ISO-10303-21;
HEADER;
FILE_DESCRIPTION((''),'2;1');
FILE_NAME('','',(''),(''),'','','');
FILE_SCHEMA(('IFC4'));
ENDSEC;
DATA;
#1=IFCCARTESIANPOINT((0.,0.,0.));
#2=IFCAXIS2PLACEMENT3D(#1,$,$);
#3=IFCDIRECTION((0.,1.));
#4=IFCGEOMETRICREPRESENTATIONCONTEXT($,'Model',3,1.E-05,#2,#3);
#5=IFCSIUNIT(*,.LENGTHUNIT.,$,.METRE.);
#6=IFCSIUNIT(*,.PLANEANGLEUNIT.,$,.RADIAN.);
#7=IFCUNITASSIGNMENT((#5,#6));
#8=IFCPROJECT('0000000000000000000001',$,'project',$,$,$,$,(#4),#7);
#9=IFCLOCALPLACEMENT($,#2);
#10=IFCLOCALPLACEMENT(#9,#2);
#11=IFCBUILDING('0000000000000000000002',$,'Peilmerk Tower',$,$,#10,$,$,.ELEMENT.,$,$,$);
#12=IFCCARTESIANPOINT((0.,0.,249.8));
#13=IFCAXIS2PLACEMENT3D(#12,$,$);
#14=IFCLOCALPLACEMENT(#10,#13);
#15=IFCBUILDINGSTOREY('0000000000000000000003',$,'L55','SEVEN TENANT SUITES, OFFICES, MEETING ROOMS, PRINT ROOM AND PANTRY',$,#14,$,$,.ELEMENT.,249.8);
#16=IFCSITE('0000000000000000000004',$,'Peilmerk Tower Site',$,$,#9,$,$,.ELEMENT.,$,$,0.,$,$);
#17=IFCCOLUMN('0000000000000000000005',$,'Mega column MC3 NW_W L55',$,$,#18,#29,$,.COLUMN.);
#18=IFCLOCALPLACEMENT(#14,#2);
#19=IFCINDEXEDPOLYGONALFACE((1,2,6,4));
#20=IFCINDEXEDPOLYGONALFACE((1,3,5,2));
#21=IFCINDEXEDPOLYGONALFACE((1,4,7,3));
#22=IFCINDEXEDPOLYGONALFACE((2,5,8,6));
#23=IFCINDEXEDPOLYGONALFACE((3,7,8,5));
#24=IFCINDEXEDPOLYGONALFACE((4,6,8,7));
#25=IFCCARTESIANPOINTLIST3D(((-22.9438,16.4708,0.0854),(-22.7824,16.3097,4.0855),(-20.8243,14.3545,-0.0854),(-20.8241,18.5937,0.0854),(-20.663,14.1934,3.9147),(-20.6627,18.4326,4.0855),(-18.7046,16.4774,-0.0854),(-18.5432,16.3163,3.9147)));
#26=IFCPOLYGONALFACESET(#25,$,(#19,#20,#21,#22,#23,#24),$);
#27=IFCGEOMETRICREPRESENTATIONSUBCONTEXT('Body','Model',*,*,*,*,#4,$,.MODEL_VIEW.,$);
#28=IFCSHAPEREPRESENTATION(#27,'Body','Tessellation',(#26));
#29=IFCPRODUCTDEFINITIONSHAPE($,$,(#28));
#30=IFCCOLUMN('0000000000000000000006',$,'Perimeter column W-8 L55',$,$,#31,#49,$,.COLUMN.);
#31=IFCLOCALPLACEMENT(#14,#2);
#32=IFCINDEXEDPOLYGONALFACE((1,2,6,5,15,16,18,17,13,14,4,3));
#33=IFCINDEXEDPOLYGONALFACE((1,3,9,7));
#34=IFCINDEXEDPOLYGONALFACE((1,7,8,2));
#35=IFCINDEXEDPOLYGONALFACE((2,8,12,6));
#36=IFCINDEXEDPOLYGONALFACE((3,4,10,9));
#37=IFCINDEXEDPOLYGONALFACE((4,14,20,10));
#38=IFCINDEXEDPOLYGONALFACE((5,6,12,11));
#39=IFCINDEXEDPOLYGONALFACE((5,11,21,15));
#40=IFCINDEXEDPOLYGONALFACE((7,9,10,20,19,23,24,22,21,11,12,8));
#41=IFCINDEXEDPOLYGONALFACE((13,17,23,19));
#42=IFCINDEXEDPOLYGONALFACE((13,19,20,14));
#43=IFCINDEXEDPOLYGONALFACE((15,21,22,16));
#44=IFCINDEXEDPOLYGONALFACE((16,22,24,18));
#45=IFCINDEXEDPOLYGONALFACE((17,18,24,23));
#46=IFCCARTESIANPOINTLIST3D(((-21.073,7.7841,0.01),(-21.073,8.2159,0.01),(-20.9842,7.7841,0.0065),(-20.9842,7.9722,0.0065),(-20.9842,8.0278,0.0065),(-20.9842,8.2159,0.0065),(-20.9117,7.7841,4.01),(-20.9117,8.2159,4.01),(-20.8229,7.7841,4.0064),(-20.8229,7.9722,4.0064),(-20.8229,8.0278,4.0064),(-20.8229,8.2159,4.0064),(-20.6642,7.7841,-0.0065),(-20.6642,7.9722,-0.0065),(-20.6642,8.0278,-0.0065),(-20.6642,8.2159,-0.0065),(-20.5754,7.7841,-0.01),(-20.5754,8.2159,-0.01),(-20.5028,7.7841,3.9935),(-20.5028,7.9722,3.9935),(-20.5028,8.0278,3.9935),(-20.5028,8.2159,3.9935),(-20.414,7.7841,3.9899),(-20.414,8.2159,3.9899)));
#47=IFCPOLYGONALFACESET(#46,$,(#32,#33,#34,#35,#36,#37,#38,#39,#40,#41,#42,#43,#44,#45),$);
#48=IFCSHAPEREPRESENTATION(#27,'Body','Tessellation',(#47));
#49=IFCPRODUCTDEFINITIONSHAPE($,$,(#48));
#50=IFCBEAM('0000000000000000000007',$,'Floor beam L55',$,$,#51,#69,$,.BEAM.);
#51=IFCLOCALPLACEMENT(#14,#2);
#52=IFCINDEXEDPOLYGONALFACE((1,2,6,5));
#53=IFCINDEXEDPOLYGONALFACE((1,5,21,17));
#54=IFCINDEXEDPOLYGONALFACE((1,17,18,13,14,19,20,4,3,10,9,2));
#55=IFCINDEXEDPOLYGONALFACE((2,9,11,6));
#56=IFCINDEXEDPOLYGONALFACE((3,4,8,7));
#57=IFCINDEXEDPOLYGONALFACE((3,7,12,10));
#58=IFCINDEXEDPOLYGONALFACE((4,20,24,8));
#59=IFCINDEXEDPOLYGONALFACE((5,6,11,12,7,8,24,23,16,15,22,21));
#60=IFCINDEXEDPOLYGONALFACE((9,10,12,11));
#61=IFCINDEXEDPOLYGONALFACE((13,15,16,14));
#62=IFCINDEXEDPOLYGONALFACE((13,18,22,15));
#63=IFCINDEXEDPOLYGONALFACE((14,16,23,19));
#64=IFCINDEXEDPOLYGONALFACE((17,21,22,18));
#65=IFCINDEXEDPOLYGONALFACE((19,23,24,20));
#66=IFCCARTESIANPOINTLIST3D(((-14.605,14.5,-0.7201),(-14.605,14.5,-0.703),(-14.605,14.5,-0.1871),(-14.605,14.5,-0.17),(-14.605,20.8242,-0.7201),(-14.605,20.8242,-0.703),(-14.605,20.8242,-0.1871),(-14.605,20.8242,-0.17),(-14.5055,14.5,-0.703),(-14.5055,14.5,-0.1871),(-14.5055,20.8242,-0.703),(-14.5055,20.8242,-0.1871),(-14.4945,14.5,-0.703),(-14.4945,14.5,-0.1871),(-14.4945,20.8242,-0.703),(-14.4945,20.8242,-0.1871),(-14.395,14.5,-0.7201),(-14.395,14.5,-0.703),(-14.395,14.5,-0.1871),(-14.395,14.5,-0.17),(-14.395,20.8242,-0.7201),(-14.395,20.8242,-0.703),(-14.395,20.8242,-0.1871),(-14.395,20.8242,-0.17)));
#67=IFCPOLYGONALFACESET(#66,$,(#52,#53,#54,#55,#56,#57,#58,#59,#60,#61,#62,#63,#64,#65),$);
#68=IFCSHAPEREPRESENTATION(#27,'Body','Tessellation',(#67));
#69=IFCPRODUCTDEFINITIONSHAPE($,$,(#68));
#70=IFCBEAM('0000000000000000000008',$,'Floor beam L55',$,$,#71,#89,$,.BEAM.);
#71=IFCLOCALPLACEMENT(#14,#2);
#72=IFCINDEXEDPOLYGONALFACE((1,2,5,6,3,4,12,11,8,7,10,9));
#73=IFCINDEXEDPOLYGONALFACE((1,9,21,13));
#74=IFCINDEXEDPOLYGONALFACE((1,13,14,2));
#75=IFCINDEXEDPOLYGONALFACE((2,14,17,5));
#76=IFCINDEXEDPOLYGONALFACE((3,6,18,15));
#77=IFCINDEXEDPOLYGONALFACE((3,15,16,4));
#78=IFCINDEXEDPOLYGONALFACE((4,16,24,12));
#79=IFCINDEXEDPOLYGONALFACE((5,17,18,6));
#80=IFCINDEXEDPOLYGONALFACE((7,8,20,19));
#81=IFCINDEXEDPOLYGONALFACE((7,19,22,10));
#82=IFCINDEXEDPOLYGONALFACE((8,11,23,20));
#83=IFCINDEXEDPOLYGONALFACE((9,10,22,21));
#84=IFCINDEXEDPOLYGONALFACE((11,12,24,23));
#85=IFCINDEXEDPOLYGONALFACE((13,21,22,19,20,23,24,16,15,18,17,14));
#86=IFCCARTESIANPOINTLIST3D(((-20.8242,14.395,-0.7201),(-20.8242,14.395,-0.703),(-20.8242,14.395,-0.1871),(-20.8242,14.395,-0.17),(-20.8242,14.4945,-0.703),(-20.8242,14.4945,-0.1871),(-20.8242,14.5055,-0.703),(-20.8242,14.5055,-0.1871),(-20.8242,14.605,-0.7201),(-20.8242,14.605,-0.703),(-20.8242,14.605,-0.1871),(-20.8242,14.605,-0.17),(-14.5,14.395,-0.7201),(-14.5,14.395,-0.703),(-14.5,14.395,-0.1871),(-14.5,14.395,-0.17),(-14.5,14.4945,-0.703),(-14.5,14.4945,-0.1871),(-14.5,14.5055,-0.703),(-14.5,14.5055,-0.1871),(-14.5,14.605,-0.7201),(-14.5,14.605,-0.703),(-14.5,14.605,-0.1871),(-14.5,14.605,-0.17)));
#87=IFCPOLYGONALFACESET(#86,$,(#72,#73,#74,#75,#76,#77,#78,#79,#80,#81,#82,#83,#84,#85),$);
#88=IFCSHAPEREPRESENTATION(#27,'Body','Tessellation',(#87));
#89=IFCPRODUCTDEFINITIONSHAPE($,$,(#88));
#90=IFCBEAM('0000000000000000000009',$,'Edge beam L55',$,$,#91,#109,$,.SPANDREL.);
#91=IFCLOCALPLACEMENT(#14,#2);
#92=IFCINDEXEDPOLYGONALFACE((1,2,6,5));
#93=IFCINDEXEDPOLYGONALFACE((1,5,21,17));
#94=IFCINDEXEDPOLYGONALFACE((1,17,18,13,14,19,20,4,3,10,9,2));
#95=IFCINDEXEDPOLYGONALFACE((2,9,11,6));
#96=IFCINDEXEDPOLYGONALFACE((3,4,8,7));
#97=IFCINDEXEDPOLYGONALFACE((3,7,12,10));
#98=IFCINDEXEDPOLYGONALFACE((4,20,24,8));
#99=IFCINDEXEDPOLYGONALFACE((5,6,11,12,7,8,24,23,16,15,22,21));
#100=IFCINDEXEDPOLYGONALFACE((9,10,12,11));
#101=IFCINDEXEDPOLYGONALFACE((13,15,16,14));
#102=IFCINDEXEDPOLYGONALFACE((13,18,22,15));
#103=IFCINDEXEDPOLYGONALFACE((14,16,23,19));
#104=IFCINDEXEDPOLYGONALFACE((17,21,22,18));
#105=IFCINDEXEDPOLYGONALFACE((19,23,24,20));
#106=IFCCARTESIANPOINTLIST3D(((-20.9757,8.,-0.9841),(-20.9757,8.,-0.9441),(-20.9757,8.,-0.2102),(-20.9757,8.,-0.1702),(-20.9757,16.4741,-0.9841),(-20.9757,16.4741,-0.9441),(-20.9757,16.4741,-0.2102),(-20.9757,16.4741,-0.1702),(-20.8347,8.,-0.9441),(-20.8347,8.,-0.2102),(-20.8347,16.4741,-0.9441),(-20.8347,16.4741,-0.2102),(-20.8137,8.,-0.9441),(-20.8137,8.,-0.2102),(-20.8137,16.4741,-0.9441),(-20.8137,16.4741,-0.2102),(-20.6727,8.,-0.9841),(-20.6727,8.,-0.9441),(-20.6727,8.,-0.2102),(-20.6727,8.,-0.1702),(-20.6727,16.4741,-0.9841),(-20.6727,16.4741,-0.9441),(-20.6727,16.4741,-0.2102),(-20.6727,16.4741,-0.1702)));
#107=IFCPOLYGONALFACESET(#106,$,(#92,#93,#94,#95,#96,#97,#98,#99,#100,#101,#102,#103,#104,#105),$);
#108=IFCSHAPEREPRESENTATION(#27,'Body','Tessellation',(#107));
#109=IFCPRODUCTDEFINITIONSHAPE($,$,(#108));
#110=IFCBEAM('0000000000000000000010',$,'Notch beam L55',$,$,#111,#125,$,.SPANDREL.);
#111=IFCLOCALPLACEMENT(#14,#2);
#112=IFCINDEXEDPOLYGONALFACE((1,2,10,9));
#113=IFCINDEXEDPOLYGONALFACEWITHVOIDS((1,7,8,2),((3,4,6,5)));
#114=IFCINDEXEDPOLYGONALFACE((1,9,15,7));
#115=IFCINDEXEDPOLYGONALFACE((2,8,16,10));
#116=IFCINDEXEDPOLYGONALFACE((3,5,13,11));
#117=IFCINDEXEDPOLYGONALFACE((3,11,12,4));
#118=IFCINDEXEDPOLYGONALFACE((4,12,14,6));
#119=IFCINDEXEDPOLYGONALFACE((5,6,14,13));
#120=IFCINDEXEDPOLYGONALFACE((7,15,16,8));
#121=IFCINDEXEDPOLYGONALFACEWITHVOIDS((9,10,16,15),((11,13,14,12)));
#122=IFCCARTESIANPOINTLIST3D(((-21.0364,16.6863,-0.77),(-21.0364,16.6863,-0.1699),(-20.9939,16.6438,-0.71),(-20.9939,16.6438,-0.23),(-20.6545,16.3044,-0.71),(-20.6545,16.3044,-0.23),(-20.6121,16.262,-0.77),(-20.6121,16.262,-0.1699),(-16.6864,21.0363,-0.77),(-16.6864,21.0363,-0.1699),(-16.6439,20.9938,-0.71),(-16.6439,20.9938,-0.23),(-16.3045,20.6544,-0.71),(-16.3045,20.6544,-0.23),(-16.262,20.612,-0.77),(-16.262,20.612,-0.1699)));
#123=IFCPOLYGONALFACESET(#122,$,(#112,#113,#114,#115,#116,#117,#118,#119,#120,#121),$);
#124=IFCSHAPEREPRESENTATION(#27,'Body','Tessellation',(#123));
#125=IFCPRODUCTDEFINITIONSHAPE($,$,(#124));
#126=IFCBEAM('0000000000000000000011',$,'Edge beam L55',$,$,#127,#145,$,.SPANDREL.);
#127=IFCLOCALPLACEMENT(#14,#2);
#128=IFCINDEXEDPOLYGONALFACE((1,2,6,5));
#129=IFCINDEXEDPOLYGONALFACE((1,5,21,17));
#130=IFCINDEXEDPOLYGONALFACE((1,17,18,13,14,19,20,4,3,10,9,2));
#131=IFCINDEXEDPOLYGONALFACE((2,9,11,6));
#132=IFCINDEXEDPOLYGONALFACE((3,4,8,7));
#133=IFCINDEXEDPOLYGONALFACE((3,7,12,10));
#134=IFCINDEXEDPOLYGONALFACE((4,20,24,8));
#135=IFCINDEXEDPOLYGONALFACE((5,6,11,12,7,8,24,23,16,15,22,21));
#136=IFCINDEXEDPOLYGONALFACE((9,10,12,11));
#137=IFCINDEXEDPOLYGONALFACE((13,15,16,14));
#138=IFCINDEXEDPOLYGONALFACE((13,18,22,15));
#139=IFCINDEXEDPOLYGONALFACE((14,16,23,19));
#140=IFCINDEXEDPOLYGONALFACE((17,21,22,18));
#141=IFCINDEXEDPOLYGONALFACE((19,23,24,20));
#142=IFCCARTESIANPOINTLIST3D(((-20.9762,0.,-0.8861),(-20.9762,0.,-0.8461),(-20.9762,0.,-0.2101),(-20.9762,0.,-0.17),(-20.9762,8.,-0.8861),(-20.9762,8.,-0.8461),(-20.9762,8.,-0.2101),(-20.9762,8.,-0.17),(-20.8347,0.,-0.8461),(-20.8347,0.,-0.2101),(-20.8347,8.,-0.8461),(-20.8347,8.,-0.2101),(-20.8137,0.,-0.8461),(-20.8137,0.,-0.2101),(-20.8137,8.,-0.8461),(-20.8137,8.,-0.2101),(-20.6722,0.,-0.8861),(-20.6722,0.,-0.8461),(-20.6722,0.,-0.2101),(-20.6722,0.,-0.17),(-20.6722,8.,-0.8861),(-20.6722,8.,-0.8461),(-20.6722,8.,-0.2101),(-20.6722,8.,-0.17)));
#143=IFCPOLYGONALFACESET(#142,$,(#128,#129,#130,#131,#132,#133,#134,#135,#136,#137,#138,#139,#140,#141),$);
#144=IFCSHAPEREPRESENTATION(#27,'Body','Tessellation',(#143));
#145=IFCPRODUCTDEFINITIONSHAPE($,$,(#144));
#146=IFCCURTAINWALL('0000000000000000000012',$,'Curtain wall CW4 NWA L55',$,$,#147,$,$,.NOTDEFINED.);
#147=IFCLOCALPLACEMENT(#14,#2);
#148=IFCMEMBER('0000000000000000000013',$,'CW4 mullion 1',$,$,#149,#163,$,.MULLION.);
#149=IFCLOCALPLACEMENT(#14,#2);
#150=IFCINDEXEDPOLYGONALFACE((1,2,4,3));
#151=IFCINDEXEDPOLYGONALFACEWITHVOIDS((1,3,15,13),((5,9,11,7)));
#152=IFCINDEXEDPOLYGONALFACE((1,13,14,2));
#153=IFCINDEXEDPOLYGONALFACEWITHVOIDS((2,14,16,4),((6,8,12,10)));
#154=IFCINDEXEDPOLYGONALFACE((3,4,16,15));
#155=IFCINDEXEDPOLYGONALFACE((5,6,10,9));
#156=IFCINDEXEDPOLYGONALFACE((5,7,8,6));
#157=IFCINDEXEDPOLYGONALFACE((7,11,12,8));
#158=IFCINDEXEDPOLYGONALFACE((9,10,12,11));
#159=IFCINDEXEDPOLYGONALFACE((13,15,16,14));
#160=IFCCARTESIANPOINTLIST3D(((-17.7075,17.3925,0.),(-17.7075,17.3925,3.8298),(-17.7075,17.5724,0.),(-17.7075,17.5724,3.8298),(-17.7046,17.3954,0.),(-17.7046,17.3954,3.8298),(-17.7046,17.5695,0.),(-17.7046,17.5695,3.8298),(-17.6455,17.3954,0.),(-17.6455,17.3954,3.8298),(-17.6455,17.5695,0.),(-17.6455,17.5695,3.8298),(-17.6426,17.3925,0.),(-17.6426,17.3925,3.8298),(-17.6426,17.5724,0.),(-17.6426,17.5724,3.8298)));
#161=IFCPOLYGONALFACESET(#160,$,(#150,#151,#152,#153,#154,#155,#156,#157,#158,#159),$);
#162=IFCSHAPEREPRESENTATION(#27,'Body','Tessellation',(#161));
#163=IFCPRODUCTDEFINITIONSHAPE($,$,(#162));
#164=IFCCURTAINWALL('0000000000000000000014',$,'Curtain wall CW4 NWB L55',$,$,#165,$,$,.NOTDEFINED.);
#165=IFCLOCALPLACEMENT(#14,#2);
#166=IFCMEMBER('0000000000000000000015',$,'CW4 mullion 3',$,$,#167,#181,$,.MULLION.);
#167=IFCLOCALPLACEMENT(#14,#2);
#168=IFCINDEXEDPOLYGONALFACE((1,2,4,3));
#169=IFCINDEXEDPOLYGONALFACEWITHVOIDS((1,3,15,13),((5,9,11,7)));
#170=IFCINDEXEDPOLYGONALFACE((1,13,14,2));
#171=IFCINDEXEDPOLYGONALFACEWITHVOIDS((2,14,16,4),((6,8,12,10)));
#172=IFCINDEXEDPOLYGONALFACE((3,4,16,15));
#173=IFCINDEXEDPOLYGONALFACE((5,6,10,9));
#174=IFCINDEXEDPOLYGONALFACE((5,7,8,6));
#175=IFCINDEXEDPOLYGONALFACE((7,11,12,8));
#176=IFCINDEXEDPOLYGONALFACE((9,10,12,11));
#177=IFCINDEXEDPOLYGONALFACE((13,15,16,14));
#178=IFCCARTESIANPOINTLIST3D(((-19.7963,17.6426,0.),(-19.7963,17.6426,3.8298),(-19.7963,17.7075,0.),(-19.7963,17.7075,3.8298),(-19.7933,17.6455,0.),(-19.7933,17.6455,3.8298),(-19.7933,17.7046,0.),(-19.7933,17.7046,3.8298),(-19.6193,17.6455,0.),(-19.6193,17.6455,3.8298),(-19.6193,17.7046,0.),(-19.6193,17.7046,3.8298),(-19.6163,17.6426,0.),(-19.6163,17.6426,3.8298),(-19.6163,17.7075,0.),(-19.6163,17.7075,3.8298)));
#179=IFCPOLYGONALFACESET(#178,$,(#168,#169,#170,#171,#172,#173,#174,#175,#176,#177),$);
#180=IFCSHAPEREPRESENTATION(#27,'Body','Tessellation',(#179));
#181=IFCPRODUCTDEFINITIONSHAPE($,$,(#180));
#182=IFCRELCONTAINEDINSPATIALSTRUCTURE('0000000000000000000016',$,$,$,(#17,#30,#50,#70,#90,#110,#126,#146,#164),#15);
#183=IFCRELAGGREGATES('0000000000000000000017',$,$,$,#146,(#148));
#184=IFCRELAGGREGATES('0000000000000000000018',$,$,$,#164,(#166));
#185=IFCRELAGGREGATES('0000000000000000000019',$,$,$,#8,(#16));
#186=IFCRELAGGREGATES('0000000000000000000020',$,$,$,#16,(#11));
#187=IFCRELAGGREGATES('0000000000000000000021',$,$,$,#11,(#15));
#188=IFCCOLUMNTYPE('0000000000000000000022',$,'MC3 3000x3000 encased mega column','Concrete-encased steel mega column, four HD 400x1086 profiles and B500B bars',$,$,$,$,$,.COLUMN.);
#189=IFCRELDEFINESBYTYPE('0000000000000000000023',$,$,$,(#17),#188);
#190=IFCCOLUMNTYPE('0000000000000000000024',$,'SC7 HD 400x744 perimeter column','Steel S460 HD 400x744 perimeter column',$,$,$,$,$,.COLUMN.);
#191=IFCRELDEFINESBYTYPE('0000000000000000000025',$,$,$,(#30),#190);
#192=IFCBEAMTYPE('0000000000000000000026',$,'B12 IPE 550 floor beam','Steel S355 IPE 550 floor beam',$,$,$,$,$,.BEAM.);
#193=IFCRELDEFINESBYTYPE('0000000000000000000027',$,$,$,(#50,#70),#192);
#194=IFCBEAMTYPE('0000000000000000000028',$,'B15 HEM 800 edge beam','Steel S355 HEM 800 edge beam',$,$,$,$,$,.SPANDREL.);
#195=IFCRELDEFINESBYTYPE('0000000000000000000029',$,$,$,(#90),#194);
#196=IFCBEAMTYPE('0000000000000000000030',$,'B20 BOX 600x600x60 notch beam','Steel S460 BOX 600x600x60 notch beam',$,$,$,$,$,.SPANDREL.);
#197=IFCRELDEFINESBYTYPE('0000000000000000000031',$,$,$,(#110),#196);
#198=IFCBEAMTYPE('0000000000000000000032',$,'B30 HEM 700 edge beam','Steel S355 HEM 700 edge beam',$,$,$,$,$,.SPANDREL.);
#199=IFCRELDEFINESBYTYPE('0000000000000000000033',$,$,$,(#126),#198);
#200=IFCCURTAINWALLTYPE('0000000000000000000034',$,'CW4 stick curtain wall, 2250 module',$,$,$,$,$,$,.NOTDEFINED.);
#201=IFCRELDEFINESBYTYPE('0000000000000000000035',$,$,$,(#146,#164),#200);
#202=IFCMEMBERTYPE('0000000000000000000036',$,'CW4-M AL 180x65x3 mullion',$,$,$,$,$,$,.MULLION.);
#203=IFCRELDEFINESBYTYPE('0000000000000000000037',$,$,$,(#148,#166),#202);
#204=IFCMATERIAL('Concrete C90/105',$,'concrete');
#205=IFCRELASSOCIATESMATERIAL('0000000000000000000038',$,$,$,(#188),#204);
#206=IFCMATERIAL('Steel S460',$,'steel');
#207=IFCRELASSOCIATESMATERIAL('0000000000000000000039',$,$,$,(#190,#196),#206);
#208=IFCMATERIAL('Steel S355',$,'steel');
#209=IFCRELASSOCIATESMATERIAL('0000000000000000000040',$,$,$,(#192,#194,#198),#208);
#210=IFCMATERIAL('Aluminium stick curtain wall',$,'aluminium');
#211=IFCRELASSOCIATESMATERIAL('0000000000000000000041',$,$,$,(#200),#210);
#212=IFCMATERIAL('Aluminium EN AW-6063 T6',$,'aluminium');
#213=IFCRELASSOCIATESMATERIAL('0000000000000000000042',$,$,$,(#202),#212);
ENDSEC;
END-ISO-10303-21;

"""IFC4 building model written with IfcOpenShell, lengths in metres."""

from ifc_helpers import new_model, si_unit, direction, frame, origin, origin_2d, place, context, subcontext, project, spatial, rectangle, hollow_rectangle, i_section, extrude, material, material_profile, profile_set, type_object, element, aggregate, save


model = new_model("IFC4")

# Units and contexts
model_context = context("Model", 3, precision=1e-05, world=origin(), true_north=direction((0.0, 1.0)))
body_context = subcontext(model_context, "Body", "Model", "MODEL_VIEW")
ifc_project = project(units=[si_unit("LENGTHUNIT", "METRE"), si_unit("PLANEANGLEUNIT", "RADIAN")], contexts=[model_context])

# Site, building, storey
site_placement = place(None, origin())
site = spatial("IfcSite", under=ifc_project, at=site_placement, Name="Peilmerk Tower Site", CompositionType="ELEMENT", RefElevation=0.0)
building_placement = place(site_placement, origin())
building = spatial("IfcBuilding", under=site, at=building_placement, Name="Peilmerk Tower", CompositionType="ELEMENT")
storey_placement = place(building_placement, frame((0.0, 0.0, 249.8)))
storey = spatial("IfcBuildingStorey", under=building, at=storey_placement, Name="L55", Description="SEVEN TENANT SUITES, OFFICES, MEETING ROOMS, PRINT ROOM AND PANTRY", CompositionType="ELEMENT", Elevation=249.8)

# Columns
ifc_material_1 = material(Name="Concrete C90/105", Category="concrete")
ifc_material_profile_1 = material_profile(ifc_material_1, rectangle(XDim=3.0, YDim=3.0, at=origin_2d()), Name="RC 3000x3000")
ifc_profile_set_1 = profile_set([ifc_material_profile_1], Name="Concrete C90/105")
column_type_1 = type_object("IfcColumnType", Name="MC3 3000x3000 encased mega column", Description="Concrete-encased steel mega column, four HD 400x1086 profiles and B500B bars", PredefinedType="COLUMN", material=ifc_profile_set_1)
column_1_placement = place(storey_placement, frame((-20.8242, 16.4741, 0.0), z_axis=(0.040279, -0.040218, 0.998379), x_axis=(0.706571, 0.707642, 0.0)))
element("IfcColumn", 1, at=column_1_placement, inside=storey, type_object=column_type_1, Name="Mega column MC3 NW_W L55", PredefinedType="COLUMN", context=body_context, shape_type="SweptSolid", body=[
    extrude(rectangle(XDim=3.0, YDim=3.0, at=origin_2d()), origin(), (0.0, 0.0, 1.0), 4.0066),
])
ifc_material_2 = material(Name="Steel S460", Category="steel")
ifc_material_profile_2 = material_profile(ifc_material_2, i_section(OverallWidth=0.4319, OverallDepth=0.498, WebThickness=0.0557, FlangeThickness=0.0889, at=origin_2d()), Name="HD 400x744")
ifc_profile_set_2 = profile_set([ifc_material_profile_2], Name="Steel S460")
column_type_2 = type_object("IfcColumnType", Name="SC7 HD 400x744 perimeter column", Description="Steel S460 HD 400x744 perimeter column", PredefinedType="COLUMN", material=ifc_profile_set_2)
column_2_placement = place(storey_placement, frame((-20.8242, 8.0, 0.0), z_axis=(0.040311, 0.0, 0.999187), x_axis=(0.0, 1.0, 0.0)))
element("IfcColumn", 2, at=column_2_placement, inside=storey, type_object=column_type_2, Name="Perimeter column W-8 L55", PredefinedType="COLUMN", context=body_context, shape_type="SweptSolid", body=[
    extrude(i_section(OverallWidth=0.4319, OverallDepth=0.498, WebThickness=0.0557, FlangeThickness=0.0889, at=origin_2d()), origin(), (0.0, 0.0, 1.0), 4.0032),
])

# Beams
ifc_material_3 = material(Name="Steel S355", Category="steel")
ifc_material_profile_3 = material_profile(ifc_material_3, i_section(OverallWidth=0.21, OverallDepth=0.55, WebThickness=0.011, FlangeThickness=0.0171, at=origin_2d()), Name="IPE 550")
ifc_profile_set_3 = profile_set([ifc_material_profile_3], Name="Steel S355")
beam_type_1 = type_object("IfcBeamType", Name="B12 IPE 550 floor beam", Description="Steel S355 IPE 550 floor beam", PredefinedType="BEAM", material=ifc_profile_set_3)
for number, where, z_axis, x_axis, name in (
    (3, (-14.5, 14.5, -0.4451), (0.0, 1.0, 0.0), (-1.0, 0.0, 0.0), "Floor beam L55"),
    (4, (-14.5, 14.5, -0.4451), (-1.0, 0.0, 0.0), (0.0, -1.0, 0.0), "Floor beam L55"),
):
    element("IfcBeam", number, at=place(storey_placement, frame(where, z_axis=z_axis, x_axis=x_axis)), inside=storey, type_object=beam_type_1, Name=name, PredefinedType="BEAM", context=body_context, shape_type="SweptSolid", body=[
        extrude(i_section(OverallWidth=0.21, OverallDepth=0.55, WebThickness=0.011, FlangeThickness=0.0171, at=origin_2d()), origin(), (0.0, 0.0, 1.0), 6.3242),
    ])
ifc_material_profile_4 = material_profile(ifc_material_3, i_section(OverallWidth=0.303, OverallDepth=0.814, WebThickness=0.021, FlangeThickness=0.04, at=origin_2d()), Name="HEM 800")
ifc_profile_set_4 = profile_set([ifc_material_profile_4], Name="Steel S355")
beam_type_2 = type_object("IfcBeamType", Name="B15 HEM 800 edge beam", Description="Steel S355 HEM 800 edge beam", PredefinedType="SPANDREL", material=ifc_profile_set_4)
beam_1_placement = place(storey_placement, frame((-20.8242, 16.4741, -0.5771), z_axis=(0.0, -1.0, 0.0), x_axis=(1.0, 0.0, 0.0)))
element("IfcBeam", 5, at=beam_1_placement, inside=storey, type_object=beam_type_2, Name="Edge beam L55", PredefinedType="SPANDREL", context=body_context, shape_type="SweptSolid", body=[
    extrude(i_section(OverallWidth=0.303, OverallDepth=0.814, WebThickness=0.021, FlangeThickness=0.04, at=origin_2d()), origin(), (0.0, 0.0, 1.0), 8.4741),
])
ifc_material_profile_5 = material_profile(ifc_material_2, hollow_rectangle(XDim=0.6001, YDim=0.6001, WallThickness=0.0601, at=origin_2d()), Name="BOX 600x600x60")
ifc_profile_set_5 = profile_set([ifc_material_profile_5], Name="Steel S460")
beam_type_3 = type_object("IfcBeamType", Name="B20 BOX 600x600x60 notch beam", Description="Steel S460 BOX 600x600x60 notch beam", PredefinedType="SPANDREL", material=ifc_profile_set_5)
beam_2_placement = place(storey_placement, frame((-20.8242, 16.4741, -0.47), z_axis=(0.707107, 0.707107, 0.0), x_axis=(-0.707107, 0.707107, 0.0)))
element("IfcBeam", 6, at=beam_2_placement, inside=storey, type_object=beam_type_3, Name="Notch beam L55", PredefinedType="SPANDREL", context=body_context, shape_type="SweptSolid", body=[
    extrude(hollow_rectangle(XDim=0.6001, YDim=0.6001, WallThickness=0.0601, at=origin_2d()), origin(), (0.0, 0.0, 1.0), 6.1519),
])
ifc_material_profile_6 = material_profile(ifc_material_3, i_section(OverallWidth=0.304, OverallDepth=0.7161, WebThickness=0.021, FlangeThickness=0.04, at=origin_2d()), Name="HEM 700")
ifc_profile_set_6 = profile_set([ifc_material_profile_6], Name="Steel S355")
beam_type_4 = type_object("IfcBeamType", Name="B30 HEM 700 edge beam", Description="Steel S355 HEM 700 edge beam", PredefinedType="SPANDREL", material=ifc_profile_set_6)
beam_3_placement = place(storey_placement, frame((-20.8242, 8.0, -0.5281), z_axis=(0.0, -1.0, 0.0), x_axis=(1.0, 0.0, 0.0)))
element("IfcBeam", 7, at=beam_3_placement, inside=storey, type_object=beam_type_4, Name="Edge beam L55", PredefinedType="SPANDREL", context=body_context, shape_type="SweptSolid", body=[
    extrude(i_section(OverallWidth=0.304, OverallDepth=0.7161, WebThickness=0.021, FlangeThickness=0.04, at=origin_2d()), origin(), (0.0, 0.0, 1.0), 8.0),
])

# Curtain walls, members
ifc_material_4 = material(Name="Aluminium stick curtain wall", Category="aluminium")
curtain_wall_type = type_object("IfcCurtainWallType", Name="CW4 stick curtain wall, 2250 module", PredefinedType="NOTDEFINED", material=ifc_material_4)
curtain_wall_1_placement = place(storey_placement, origin())
curtain_wall_1 = element("IfcCurtainWall", 8, at=curtain_wall_1_placement, inside=storey, type_object=curtain_wall_type, Name="Curtain wall CW4 NWA L55", PredefinedType="NOTDEFINED")
ifc_material_5 = material(Name="Aluminium EN AW-6063 T6", Category="aluminium")
ifc_material_profile_7 = material_profile(ifc_material_5, hollow_rectangle(XDim=0.0649, YDim=0.1799, WallThickness=0.0029, at=origin_2d()), Name="AL 180x65x3")
ifc_profile_set_7 = profile_set([ifc_material_profile_7], Name="Aluminium EN AW-6063 T6")
member_type_1 = type_object("IfcMemberType", Name="CW4-M AL 180x65x3 mullion", PredefinedType="MULLION", material=ifc_profile_set_7)
member_1_placement = place(storey_placement, frame((-17.675, 17.4824, 0.0), z_axis=(0.0, 0.0, 1.0), x_axis=(-1.0, 0.0, 0.0)))
member_1 = element("IfcMember", 9, at=member_1_placement, type_object=member_type_1, Name="CW4 mullion 1", PredefinedType="MULLION", context=body_context, shape_type="SweptSolid", body=[
    extrude(hollow_rectangle(XDim=0.0649, YDim=0.1799, WallThickness=0.0029, at=origin_2d()), origin(), (0.0, 0.0, 1.0), 3.8298),
])
curtain_wall_2_placement = place(storey_placement, origin())
curtain_wall_2 = element("IfcCurtainWall", 10, at=curtain_wall_2_placement, inside=storey, type_object=curtain_wall_type, Name="Curtain wall CW4 NWB L55", PredefinedType="NOTDEFINED")
member_2_placement = place(storey_placement, frame((-19.7063, 17.675, 0.0), z_axis=(0.0, 0.0, 1.0), x_axis=(0.0, -1.0, 0.0)))
member_2 = element("IfcMember", 11, at=member_2_placement, type_object=member_type_1, Name="CW4 mullion 3", PredefinedType="MULLION", context=body_context, shape_type="SweptSolid", body=[
    extrude(hollow_rectangle(XDim=0.0649, YDim=0.1799, WallThickness=0.0029, at=origin_2d()), origin(), (0.0, 0.0, 1.0), 3.8298),
])

aggregate(curtain_wall_1, [member_1])

aggregate(curtain_wall_2, [member_2])

save(model, "model.ifc")
